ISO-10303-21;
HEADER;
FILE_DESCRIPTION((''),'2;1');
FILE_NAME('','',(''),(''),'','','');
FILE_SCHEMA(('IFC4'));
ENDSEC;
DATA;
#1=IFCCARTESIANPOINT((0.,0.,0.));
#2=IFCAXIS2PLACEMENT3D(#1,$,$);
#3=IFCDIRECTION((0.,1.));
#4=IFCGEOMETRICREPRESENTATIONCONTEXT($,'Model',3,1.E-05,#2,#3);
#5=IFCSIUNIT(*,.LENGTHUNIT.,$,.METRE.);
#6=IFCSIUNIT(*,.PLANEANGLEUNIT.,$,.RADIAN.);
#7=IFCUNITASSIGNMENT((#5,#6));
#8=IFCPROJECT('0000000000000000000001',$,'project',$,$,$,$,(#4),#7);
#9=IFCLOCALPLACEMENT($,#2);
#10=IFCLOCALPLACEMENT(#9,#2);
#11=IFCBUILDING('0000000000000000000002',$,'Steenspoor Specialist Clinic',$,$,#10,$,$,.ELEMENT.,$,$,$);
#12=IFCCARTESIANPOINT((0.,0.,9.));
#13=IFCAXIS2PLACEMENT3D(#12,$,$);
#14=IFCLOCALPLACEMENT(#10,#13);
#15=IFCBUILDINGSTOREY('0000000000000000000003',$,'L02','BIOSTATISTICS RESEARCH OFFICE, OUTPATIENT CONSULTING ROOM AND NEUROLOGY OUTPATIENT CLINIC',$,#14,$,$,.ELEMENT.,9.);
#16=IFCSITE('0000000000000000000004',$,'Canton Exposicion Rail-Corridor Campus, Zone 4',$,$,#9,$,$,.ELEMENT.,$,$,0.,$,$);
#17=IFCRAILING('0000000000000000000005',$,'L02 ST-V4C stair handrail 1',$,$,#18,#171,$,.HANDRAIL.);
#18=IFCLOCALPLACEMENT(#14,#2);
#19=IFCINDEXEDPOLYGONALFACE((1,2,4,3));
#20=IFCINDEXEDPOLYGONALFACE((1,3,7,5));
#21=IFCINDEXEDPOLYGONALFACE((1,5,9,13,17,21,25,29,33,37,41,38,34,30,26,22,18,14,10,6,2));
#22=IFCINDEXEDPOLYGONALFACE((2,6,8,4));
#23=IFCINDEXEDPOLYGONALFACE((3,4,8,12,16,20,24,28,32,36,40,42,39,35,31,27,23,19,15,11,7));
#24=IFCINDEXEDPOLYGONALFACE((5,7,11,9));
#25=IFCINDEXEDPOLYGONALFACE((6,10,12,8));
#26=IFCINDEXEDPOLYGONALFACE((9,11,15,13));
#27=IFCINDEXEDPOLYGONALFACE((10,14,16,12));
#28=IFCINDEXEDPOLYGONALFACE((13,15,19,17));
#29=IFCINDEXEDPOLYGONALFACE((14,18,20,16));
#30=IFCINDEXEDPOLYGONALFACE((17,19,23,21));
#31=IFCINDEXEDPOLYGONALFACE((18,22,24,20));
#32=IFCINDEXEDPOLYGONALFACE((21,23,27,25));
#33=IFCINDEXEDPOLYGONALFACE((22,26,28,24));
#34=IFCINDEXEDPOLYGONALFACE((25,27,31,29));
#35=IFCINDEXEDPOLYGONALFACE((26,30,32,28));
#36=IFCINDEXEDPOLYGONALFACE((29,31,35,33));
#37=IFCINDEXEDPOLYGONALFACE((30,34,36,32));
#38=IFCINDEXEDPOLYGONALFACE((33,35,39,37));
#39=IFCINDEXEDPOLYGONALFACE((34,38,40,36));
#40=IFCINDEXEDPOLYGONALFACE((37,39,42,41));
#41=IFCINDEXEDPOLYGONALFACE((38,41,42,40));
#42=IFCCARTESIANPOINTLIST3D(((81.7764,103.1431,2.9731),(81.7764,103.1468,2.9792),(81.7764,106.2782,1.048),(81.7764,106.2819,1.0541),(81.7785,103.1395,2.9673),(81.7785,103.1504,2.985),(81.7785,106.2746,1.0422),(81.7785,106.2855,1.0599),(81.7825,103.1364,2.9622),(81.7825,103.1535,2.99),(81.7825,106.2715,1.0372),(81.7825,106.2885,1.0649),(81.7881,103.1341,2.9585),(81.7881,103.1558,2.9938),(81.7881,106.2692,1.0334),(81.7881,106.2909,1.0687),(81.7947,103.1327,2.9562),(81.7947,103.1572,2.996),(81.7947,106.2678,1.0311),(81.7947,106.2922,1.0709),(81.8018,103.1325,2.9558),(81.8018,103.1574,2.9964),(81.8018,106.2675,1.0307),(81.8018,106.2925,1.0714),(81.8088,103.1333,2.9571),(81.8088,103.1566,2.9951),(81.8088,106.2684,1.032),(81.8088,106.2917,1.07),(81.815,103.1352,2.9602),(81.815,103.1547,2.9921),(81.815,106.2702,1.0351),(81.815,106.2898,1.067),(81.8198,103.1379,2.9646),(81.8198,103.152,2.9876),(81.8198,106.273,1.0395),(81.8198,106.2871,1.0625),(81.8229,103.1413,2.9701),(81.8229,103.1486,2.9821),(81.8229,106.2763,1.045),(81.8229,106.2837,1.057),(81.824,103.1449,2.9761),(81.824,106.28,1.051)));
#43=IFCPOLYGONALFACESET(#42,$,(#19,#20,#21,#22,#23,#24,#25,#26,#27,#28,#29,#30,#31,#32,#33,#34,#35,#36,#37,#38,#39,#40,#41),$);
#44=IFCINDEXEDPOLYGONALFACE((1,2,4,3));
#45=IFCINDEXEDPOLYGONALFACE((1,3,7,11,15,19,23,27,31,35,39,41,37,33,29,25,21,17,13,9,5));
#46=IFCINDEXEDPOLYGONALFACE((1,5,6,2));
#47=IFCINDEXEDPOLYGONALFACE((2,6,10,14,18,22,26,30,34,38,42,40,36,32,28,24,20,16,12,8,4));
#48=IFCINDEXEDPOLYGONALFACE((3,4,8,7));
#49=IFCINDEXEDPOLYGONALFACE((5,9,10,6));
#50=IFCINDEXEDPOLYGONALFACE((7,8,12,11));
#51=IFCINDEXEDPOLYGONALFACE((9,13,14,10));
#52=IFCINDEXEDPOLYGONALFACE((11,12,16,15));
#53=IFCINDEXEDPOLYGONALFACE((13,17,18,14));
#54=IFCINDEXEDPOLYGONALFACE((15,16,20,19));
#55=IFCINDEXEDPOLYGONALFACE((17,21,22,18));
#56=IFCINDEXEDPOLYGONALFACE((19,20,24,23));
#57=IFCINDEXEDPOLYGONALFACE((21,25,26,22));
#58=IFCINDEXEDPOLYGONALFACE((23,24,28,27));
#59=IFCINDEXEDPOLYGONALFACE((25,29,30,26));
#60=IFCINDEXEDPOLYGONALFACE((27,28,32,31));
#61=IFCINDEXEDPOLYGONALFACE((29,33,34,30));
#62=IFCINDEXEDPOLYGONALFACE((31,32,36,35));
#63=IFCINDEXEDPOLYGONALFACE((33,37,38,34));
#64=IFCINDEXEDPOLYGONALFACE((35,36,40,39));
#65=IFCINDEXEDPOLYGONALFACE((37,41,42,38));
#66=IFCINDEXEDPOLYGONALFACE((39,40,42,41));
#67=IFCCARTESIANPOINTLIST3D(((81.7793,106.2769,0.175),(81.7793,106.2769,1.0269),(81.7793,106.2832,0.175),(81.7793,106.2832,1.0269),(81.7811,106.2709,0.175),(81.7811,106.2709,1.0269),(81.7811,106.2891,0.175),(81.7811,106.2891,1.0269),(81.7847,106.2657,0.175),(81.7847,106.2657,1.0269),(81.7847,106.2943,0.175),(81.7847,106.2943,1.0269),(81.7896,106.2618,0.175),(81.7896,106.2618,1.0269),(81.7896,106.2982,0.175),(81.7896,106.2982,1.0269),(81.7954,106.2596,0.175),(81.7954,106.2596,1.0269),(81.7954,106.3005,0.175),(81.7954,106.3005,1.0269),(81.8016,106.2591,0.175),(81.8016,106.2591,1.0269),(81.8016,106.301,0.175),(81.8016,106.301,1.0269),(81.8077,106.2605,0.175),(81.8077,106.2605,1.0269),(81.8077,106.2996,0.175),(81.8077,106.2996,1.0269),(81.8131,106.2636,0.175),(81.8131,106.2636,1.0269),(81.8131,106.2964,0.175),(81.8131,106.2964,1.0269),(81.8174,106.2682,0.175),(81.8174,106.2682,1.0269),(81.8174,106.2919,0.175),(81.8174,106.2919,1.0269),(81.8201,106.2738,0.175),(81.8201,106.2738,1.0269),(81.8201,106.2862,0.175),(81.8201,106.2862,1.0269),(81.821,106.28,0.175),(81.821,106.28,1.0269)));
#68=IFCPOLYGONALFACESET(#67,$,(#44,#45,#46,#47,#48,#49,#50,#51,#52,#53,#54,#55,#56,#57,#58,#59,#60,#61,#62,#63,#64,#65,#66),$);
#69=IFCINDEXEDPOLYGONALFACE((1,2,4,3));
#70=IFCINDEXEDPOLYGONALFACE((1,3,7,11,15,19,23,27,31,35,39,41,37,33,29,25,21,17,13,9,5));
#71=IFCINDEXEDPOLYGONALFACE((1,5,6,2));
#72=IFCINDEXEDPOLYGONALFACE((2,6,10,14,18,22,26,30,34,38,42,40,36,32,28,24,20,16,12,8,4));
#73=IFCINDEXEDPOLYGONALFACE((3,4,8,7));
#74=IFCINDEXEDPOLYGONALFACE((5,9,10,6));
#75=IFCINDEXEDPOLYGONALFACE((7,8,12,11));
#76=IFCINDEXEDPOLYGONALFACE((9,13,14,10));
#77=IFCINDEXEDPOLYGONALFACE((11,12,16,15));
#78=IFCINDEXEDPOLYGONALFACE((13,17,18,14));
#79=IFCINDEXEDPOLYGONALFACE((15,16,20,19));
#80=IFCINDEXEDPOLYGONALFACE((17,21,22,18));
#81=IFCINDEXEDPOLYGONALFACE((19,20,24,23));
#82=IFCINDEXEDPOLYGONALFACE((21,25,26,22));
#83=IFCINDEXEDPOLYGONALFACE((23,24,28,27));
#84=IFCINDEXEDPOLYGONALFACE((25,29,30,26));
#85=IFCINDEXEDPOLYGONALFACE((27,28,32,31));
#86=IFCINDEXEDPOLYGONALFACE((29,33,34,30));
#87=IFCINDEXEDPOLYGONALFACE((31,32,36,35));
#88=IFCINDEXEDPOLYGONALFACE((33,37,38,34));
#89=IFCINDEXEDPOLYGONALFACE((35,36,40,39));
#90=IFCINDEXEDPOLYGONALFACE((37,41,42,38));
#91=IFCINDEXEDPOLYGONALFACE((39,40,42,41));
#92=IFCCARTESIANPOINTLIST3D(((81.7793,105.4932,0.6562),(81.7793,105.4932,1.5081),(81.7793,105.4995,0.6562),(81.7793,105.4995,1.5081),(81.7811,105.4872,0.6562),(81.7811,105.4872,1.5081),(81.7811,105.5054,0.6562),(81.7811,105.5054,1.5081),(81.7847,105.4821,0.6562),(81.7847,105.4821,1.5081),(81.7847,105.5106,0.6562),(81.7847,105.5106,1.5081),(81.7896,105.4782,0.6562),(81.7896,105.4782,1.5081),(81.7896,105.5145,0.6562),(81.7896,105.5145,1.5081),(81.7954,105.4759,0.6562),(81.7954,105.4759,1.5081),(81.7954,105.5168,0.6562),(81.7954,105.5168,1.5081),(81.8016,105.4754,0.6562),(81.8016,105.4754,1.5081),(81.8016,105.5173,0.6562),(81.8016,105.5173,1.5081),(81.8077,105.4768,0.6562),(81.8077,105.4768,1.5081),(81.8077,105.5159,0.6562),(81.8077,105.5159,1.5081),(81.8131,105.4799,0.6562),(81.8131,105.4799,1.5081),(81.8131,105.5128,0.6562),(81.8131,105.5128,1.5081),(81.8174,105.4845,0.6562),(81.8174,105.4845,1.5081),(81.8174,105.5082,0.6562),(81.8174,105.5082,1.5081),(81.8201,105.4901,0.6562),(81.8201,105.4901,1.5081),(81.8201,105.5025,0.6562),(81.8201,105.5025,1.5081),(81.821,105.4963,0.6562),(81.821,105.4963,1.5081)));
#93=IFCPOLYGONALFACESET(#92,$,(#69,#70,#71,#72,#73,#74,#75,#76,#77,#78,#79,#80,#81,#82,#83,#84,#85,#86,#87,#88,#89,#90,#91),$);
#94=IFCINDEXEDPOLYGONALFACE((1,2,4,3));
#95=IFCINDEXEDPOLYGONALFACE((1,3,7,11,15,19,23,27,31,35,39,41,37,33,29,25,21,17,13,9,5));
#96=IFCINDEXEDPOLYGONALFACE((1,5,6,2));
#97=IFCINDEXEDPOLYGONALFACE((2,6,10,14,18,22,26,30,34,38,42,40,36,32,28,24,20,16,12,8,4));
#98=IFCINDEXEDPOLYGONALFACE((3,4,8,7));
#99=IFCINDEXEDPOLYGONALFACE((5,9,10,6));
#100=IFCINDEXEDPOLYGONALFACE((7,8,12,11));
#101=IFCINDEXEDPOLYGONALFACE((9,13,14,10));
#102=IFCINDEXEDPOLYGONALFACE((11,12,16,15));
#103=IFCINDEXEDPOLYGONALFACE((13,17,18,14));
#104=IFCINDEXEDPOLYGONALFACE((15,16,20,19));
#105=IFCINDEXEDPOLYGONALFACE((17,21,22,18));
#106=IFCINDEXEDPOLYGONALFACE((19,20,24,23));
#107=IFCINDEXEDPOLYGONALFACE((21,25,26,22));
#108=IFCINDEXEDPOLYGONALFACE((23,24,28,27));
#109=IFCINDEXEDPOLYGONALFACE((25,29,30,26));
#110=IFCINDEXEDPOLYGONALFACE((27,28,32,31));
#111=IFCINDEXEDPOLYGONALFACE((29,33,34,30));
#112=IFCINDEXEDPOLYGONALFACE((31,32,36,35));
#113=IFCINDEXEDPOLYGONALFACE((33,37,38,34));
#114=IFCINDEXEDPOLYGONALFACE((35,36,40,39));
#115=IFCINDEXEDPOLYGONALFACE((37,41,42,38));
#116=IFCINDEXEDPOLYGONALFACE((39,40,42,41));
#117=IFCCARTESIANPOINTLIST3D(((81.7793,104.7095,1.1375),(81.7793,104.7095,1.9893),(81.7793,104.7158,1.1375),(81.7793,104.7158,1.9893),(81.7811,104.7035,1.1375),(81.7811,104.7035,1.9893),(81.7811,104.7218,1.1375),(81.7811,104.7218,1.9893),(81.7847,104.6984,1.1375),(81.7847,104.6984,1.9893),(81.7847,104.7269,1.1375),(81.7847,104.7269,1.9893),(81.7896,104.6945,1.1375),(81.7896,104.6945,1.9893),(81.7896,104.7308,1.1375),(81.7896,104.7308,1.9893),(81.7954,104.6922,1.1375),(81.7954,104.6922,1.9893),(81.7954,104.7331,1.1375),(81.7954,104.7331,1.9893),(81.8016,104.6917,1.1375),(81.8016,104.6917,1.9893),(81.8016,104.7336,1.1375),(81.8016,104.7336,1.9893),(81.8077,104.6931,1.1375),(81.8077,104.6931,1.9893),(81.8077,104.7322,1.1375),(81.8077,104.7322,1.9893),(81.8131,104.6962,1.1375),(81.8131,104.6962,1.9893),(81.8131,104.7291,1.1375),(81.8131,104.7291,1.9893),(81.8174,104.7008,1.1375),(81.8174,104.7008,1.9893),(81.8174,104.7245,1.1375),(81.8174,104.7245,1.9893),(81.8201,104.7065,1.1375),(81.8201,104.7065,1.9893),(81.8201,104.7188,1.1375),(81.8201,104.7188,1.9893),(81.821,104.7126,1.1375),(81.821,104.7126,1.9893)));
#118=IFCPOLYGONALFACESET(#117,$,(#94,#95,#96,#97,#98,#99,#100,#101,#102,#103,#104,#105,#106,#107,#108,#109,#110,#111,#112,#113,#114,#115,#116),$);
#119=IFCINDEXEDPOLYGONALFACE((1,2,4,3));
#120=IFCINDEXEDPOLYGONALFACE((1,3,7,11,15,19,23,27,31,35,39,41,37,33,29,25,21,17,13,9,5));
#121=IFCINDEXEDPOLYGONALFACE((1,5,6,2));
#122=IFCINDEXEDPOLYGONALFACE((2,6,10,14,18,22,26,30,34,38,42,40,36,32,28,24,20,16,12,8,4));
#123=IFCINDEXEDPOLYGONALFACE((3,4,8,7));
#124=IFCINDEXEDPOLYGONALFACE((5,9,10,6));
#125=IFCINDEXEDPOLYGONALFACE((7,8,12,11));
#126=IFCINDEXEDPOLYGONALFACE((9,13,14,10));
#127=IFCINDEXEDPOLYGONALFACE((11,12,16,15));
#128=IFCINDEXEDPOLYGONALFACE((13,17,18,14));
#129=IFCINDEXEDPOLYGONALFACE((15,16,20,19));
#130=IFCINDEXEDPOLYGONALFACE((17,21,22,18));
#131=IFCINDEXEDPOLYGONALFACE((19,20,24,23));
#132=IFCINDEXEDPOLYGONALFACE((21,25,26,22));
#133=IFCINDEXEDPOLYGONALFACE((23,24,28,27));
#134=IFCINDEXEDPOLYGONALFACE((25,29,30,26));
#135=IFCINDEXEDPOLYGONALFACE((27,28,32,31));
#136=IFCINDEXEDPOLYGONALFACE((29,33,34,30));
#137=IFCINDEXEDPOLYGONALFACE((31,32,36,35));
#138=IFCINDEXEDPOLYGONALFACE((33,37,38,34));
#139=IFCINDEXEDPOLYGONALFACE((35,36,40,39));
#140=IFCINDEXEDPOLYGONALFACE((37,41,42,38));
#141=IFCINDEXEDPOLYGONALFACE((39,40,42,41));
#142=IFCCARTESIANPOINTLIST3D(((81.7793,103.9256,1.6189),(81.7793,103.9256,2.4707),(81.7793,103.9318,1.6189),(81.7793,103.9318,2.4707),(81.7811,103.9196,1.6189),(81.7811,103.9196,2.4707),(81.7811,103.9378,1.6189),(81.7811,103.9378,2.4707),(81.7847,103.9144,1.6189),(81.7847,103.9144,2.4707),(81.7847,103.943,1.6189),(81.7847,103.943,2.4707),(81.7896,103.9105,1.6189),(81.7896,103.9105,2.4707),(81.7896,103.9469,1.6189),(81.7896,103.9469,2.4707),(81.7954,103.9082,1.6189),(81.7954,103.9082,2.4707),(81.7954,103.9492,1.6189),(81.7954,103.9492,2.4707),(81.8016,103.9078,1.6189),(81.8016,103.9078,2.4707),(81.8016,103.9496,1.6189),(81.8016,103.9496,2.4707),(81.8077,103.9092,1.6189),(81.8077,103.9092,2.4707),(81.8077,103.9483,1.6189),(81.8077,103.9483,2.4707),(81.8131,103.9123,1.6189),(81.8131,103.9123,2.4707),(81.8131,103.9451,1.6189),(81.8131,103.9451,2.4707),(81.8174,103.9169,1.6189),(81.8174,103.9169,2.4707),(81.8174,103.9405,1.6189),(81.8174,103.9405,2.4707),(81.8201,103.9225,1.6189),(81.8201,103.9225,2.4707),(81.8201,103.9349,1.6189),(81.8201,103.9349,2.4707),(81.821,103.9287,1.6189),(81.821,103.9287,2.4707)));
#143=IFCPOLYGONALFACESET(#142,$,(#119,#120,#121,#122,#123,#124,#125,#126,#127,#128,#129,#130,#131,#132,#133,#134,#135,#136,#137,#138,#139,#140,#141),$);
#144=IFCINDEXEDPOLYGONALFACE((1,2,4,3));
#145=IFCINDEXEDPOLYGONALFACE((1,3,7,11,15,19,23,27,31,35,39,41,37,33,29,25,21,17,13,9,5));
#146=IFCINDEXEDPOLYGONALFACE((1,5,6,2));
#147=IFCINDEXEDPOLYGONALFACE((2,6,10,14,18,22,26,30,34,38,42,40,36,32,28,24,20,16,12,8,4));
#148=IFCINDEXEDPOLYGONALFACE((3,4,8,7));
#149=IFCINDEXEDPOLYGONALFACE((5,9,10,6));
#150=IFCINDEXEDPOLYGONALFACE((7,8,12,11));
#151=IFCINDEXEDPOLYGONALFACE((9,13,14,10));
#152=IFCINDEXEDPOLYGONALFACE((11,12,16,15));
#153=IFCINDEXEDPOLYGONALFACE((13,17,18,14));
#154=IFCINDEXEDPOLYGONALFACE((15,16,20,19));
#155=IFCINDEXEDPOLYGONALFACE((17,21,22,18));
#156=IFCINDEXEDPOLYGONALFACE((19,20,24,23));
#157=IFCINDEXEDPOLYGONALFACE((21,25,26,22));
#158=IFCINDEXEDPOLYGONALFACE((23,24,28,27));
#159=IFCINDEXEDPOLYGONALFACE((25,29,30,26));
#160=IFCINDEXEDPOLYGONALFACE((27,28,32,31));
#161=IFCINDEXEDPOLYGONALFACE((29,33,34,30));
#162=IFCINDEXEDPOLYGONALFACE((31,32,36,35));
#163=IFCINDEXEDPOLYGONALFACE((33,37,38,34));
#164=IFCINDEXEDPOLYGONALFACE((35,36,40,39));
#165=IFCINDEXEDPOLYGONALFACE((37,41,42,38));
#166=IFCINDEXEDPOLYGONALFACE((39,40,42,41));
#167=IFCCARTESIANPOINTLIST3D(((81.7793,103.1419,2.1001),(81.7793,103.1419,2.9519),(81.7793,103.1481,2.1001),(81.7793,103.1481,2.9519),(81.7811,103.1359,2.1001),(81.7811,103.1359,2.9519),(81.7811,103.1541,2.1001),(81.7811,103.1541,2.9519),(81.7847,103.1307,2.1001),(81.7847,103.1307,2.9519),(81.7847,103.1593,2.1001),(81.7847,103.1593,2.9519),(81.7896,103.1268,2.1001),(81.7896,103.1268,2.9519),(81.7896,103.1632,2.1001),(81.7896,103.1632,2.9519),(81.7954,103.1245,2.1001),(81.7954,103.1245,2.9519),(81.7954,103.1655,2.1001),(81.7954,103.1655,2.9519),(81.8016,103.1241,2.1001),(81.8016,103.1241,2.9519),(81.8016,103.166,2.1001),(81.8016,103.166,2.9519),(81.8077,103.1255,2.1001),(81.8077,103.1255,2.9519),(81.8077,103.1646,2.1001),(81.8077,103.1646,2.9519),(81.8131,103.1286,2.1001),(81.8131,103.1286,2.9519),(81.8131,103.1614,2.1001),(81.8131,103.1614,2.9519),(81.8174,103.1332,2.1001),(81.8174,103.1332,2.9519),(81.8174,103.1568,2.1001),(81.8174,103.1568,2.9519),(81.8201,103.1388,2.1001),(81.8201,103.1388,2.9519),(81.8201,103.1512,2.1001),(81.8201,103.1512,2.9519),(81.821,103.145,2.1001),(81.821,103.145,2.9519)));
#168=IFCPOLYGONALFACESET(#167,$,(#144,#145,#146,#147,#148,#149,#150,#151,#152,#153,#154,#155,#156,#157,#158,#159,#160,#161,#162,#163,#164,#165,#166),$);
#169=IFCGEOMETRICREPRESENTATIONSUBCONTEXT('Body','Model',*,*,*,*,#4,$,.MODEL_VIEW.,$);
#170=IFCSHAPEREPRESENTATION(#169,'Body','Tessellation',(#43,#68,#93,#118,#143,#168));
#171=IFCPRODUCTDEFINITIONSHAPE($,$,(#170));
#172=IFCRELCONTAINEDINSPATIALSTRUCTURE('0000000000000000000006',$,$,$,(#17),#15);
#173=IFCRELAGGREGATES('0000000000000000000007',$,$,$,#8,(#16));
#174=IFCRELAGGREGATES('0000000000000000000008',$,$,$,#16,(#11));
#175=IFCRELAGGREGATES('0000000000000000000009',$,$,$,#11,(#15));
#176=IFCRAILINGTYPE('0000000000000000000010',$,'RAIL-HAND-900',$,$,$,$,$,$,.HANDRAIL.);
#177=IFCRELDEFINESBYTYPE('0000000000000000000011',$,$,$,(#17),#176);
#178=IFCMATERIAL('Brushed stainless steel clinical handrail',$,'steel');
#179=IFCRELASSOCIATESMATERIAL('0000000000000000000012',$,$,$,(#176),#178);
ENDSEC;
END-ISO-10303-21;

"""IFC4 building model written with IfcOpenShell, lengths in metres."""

from ifc_helpers import new_model, si_unit, direction, frame, origin, origin_2d, place, context, subcontext, project, spatial, circle, extrude, material, type_object, element, save


model = new_model("IFC4")

# Units and contexts
model_context = context("Model", 3, precision=1e-05, world=origin(), true_north=direction((0.0, 1.0)))
body_context = subcontext(model_context, "Body", "Model", "MODEL_VIEW")
ifc_project = project(units=[si_unit("LENGTHUNIT", "METRE"), si_unit("PLANEANGLEUNIT", "RADIAN")], contexts=[model_context])

# Site, building, storey
site_placement = place(None, origin())
site = spatial("IfcSite", under=ifc_project, at=site_placement, Name="Canton Exposicion Rail-Corridor Campus, Zone 4", CompositionType="ELEMENT", RefElevation=0.0)
building_placement = place(site_placement, origin())
building = spatial("IfcBuilding", under=site, at=building_placement, Name="Steenspoor Specialist Clinic", CompositionType="ELEMENT")
storey_placement = place(building_placement, frame((0.0, 0.0, 9.0)))
storey = spatial("IfcBuildingStorey", under=building, at=storey_placement, Name="L02", Description="BIOSTATISTICS RESEARCH OFFICE, OUTPATIENT CONSULTING ROOM AND NEUROLOGY OUTPATIENT CLINIC", CompositionType="ELEMENT", Elevation=9.0)

# Railing
ifc_material_1 = material(Name="Brushed stainless steel clinical handrail", Category="steel")
railing_type_1 = type_object("IfcRailingType", Name="RAIL-HAND-900", PredefinedType="HANDRAIL", material=ifc_material_1)
railing_1_placement = place(storey_placement, frame((81.8, 106.28, 0.175)))
element("IfcRailing", 1, at=railing_1_placement, inside=storey, type_object=railing_type_1, Name="L02 ST-V4C stair handrail 1", PredefinedType="HANDRAIL", context=body_context, shape_type="SweptSolid", body=[
    extrude(circle(Radius=0.0239, at=origin_2d()), frame((0.0, 0.0, 0.876), z_axis=(0.0, -0.852166, 0.523271), x_axis=(1.0, 0.0, 0.0)), (0.0, 0.0, 1.0), 3.679),
    extrude(circle(Radius=0.021, at=origin_2d()), origin(), (0.0, 0.0, 1.0), 0.8518),
    extrude(circle(Radius=0.021, at=origin_2d()), frame((0.0, -0.7837, 0.4812)), (0.0, 0.0, 1.0), 0.8518),
    extrude(circle(Radius=0.021, at=origin_2d()), frame((0.0, -1.5674, 0.9624)), (0.0, 0.0, 1.0), 0.8518),
    extrude(circle(Radius=0.021, at=origin_2d()), frame((0.0, -2.3513, 1.4438)), (0.0, 0.0, 1.0), 0.8518),
    extrude(circle(Radius=0.021, at=origin_2d()), frame((0.0, -3.135, 1.925)), (0.0, 0.0, 1.0), 0.8518),
])

save(model, "model.ifc")
